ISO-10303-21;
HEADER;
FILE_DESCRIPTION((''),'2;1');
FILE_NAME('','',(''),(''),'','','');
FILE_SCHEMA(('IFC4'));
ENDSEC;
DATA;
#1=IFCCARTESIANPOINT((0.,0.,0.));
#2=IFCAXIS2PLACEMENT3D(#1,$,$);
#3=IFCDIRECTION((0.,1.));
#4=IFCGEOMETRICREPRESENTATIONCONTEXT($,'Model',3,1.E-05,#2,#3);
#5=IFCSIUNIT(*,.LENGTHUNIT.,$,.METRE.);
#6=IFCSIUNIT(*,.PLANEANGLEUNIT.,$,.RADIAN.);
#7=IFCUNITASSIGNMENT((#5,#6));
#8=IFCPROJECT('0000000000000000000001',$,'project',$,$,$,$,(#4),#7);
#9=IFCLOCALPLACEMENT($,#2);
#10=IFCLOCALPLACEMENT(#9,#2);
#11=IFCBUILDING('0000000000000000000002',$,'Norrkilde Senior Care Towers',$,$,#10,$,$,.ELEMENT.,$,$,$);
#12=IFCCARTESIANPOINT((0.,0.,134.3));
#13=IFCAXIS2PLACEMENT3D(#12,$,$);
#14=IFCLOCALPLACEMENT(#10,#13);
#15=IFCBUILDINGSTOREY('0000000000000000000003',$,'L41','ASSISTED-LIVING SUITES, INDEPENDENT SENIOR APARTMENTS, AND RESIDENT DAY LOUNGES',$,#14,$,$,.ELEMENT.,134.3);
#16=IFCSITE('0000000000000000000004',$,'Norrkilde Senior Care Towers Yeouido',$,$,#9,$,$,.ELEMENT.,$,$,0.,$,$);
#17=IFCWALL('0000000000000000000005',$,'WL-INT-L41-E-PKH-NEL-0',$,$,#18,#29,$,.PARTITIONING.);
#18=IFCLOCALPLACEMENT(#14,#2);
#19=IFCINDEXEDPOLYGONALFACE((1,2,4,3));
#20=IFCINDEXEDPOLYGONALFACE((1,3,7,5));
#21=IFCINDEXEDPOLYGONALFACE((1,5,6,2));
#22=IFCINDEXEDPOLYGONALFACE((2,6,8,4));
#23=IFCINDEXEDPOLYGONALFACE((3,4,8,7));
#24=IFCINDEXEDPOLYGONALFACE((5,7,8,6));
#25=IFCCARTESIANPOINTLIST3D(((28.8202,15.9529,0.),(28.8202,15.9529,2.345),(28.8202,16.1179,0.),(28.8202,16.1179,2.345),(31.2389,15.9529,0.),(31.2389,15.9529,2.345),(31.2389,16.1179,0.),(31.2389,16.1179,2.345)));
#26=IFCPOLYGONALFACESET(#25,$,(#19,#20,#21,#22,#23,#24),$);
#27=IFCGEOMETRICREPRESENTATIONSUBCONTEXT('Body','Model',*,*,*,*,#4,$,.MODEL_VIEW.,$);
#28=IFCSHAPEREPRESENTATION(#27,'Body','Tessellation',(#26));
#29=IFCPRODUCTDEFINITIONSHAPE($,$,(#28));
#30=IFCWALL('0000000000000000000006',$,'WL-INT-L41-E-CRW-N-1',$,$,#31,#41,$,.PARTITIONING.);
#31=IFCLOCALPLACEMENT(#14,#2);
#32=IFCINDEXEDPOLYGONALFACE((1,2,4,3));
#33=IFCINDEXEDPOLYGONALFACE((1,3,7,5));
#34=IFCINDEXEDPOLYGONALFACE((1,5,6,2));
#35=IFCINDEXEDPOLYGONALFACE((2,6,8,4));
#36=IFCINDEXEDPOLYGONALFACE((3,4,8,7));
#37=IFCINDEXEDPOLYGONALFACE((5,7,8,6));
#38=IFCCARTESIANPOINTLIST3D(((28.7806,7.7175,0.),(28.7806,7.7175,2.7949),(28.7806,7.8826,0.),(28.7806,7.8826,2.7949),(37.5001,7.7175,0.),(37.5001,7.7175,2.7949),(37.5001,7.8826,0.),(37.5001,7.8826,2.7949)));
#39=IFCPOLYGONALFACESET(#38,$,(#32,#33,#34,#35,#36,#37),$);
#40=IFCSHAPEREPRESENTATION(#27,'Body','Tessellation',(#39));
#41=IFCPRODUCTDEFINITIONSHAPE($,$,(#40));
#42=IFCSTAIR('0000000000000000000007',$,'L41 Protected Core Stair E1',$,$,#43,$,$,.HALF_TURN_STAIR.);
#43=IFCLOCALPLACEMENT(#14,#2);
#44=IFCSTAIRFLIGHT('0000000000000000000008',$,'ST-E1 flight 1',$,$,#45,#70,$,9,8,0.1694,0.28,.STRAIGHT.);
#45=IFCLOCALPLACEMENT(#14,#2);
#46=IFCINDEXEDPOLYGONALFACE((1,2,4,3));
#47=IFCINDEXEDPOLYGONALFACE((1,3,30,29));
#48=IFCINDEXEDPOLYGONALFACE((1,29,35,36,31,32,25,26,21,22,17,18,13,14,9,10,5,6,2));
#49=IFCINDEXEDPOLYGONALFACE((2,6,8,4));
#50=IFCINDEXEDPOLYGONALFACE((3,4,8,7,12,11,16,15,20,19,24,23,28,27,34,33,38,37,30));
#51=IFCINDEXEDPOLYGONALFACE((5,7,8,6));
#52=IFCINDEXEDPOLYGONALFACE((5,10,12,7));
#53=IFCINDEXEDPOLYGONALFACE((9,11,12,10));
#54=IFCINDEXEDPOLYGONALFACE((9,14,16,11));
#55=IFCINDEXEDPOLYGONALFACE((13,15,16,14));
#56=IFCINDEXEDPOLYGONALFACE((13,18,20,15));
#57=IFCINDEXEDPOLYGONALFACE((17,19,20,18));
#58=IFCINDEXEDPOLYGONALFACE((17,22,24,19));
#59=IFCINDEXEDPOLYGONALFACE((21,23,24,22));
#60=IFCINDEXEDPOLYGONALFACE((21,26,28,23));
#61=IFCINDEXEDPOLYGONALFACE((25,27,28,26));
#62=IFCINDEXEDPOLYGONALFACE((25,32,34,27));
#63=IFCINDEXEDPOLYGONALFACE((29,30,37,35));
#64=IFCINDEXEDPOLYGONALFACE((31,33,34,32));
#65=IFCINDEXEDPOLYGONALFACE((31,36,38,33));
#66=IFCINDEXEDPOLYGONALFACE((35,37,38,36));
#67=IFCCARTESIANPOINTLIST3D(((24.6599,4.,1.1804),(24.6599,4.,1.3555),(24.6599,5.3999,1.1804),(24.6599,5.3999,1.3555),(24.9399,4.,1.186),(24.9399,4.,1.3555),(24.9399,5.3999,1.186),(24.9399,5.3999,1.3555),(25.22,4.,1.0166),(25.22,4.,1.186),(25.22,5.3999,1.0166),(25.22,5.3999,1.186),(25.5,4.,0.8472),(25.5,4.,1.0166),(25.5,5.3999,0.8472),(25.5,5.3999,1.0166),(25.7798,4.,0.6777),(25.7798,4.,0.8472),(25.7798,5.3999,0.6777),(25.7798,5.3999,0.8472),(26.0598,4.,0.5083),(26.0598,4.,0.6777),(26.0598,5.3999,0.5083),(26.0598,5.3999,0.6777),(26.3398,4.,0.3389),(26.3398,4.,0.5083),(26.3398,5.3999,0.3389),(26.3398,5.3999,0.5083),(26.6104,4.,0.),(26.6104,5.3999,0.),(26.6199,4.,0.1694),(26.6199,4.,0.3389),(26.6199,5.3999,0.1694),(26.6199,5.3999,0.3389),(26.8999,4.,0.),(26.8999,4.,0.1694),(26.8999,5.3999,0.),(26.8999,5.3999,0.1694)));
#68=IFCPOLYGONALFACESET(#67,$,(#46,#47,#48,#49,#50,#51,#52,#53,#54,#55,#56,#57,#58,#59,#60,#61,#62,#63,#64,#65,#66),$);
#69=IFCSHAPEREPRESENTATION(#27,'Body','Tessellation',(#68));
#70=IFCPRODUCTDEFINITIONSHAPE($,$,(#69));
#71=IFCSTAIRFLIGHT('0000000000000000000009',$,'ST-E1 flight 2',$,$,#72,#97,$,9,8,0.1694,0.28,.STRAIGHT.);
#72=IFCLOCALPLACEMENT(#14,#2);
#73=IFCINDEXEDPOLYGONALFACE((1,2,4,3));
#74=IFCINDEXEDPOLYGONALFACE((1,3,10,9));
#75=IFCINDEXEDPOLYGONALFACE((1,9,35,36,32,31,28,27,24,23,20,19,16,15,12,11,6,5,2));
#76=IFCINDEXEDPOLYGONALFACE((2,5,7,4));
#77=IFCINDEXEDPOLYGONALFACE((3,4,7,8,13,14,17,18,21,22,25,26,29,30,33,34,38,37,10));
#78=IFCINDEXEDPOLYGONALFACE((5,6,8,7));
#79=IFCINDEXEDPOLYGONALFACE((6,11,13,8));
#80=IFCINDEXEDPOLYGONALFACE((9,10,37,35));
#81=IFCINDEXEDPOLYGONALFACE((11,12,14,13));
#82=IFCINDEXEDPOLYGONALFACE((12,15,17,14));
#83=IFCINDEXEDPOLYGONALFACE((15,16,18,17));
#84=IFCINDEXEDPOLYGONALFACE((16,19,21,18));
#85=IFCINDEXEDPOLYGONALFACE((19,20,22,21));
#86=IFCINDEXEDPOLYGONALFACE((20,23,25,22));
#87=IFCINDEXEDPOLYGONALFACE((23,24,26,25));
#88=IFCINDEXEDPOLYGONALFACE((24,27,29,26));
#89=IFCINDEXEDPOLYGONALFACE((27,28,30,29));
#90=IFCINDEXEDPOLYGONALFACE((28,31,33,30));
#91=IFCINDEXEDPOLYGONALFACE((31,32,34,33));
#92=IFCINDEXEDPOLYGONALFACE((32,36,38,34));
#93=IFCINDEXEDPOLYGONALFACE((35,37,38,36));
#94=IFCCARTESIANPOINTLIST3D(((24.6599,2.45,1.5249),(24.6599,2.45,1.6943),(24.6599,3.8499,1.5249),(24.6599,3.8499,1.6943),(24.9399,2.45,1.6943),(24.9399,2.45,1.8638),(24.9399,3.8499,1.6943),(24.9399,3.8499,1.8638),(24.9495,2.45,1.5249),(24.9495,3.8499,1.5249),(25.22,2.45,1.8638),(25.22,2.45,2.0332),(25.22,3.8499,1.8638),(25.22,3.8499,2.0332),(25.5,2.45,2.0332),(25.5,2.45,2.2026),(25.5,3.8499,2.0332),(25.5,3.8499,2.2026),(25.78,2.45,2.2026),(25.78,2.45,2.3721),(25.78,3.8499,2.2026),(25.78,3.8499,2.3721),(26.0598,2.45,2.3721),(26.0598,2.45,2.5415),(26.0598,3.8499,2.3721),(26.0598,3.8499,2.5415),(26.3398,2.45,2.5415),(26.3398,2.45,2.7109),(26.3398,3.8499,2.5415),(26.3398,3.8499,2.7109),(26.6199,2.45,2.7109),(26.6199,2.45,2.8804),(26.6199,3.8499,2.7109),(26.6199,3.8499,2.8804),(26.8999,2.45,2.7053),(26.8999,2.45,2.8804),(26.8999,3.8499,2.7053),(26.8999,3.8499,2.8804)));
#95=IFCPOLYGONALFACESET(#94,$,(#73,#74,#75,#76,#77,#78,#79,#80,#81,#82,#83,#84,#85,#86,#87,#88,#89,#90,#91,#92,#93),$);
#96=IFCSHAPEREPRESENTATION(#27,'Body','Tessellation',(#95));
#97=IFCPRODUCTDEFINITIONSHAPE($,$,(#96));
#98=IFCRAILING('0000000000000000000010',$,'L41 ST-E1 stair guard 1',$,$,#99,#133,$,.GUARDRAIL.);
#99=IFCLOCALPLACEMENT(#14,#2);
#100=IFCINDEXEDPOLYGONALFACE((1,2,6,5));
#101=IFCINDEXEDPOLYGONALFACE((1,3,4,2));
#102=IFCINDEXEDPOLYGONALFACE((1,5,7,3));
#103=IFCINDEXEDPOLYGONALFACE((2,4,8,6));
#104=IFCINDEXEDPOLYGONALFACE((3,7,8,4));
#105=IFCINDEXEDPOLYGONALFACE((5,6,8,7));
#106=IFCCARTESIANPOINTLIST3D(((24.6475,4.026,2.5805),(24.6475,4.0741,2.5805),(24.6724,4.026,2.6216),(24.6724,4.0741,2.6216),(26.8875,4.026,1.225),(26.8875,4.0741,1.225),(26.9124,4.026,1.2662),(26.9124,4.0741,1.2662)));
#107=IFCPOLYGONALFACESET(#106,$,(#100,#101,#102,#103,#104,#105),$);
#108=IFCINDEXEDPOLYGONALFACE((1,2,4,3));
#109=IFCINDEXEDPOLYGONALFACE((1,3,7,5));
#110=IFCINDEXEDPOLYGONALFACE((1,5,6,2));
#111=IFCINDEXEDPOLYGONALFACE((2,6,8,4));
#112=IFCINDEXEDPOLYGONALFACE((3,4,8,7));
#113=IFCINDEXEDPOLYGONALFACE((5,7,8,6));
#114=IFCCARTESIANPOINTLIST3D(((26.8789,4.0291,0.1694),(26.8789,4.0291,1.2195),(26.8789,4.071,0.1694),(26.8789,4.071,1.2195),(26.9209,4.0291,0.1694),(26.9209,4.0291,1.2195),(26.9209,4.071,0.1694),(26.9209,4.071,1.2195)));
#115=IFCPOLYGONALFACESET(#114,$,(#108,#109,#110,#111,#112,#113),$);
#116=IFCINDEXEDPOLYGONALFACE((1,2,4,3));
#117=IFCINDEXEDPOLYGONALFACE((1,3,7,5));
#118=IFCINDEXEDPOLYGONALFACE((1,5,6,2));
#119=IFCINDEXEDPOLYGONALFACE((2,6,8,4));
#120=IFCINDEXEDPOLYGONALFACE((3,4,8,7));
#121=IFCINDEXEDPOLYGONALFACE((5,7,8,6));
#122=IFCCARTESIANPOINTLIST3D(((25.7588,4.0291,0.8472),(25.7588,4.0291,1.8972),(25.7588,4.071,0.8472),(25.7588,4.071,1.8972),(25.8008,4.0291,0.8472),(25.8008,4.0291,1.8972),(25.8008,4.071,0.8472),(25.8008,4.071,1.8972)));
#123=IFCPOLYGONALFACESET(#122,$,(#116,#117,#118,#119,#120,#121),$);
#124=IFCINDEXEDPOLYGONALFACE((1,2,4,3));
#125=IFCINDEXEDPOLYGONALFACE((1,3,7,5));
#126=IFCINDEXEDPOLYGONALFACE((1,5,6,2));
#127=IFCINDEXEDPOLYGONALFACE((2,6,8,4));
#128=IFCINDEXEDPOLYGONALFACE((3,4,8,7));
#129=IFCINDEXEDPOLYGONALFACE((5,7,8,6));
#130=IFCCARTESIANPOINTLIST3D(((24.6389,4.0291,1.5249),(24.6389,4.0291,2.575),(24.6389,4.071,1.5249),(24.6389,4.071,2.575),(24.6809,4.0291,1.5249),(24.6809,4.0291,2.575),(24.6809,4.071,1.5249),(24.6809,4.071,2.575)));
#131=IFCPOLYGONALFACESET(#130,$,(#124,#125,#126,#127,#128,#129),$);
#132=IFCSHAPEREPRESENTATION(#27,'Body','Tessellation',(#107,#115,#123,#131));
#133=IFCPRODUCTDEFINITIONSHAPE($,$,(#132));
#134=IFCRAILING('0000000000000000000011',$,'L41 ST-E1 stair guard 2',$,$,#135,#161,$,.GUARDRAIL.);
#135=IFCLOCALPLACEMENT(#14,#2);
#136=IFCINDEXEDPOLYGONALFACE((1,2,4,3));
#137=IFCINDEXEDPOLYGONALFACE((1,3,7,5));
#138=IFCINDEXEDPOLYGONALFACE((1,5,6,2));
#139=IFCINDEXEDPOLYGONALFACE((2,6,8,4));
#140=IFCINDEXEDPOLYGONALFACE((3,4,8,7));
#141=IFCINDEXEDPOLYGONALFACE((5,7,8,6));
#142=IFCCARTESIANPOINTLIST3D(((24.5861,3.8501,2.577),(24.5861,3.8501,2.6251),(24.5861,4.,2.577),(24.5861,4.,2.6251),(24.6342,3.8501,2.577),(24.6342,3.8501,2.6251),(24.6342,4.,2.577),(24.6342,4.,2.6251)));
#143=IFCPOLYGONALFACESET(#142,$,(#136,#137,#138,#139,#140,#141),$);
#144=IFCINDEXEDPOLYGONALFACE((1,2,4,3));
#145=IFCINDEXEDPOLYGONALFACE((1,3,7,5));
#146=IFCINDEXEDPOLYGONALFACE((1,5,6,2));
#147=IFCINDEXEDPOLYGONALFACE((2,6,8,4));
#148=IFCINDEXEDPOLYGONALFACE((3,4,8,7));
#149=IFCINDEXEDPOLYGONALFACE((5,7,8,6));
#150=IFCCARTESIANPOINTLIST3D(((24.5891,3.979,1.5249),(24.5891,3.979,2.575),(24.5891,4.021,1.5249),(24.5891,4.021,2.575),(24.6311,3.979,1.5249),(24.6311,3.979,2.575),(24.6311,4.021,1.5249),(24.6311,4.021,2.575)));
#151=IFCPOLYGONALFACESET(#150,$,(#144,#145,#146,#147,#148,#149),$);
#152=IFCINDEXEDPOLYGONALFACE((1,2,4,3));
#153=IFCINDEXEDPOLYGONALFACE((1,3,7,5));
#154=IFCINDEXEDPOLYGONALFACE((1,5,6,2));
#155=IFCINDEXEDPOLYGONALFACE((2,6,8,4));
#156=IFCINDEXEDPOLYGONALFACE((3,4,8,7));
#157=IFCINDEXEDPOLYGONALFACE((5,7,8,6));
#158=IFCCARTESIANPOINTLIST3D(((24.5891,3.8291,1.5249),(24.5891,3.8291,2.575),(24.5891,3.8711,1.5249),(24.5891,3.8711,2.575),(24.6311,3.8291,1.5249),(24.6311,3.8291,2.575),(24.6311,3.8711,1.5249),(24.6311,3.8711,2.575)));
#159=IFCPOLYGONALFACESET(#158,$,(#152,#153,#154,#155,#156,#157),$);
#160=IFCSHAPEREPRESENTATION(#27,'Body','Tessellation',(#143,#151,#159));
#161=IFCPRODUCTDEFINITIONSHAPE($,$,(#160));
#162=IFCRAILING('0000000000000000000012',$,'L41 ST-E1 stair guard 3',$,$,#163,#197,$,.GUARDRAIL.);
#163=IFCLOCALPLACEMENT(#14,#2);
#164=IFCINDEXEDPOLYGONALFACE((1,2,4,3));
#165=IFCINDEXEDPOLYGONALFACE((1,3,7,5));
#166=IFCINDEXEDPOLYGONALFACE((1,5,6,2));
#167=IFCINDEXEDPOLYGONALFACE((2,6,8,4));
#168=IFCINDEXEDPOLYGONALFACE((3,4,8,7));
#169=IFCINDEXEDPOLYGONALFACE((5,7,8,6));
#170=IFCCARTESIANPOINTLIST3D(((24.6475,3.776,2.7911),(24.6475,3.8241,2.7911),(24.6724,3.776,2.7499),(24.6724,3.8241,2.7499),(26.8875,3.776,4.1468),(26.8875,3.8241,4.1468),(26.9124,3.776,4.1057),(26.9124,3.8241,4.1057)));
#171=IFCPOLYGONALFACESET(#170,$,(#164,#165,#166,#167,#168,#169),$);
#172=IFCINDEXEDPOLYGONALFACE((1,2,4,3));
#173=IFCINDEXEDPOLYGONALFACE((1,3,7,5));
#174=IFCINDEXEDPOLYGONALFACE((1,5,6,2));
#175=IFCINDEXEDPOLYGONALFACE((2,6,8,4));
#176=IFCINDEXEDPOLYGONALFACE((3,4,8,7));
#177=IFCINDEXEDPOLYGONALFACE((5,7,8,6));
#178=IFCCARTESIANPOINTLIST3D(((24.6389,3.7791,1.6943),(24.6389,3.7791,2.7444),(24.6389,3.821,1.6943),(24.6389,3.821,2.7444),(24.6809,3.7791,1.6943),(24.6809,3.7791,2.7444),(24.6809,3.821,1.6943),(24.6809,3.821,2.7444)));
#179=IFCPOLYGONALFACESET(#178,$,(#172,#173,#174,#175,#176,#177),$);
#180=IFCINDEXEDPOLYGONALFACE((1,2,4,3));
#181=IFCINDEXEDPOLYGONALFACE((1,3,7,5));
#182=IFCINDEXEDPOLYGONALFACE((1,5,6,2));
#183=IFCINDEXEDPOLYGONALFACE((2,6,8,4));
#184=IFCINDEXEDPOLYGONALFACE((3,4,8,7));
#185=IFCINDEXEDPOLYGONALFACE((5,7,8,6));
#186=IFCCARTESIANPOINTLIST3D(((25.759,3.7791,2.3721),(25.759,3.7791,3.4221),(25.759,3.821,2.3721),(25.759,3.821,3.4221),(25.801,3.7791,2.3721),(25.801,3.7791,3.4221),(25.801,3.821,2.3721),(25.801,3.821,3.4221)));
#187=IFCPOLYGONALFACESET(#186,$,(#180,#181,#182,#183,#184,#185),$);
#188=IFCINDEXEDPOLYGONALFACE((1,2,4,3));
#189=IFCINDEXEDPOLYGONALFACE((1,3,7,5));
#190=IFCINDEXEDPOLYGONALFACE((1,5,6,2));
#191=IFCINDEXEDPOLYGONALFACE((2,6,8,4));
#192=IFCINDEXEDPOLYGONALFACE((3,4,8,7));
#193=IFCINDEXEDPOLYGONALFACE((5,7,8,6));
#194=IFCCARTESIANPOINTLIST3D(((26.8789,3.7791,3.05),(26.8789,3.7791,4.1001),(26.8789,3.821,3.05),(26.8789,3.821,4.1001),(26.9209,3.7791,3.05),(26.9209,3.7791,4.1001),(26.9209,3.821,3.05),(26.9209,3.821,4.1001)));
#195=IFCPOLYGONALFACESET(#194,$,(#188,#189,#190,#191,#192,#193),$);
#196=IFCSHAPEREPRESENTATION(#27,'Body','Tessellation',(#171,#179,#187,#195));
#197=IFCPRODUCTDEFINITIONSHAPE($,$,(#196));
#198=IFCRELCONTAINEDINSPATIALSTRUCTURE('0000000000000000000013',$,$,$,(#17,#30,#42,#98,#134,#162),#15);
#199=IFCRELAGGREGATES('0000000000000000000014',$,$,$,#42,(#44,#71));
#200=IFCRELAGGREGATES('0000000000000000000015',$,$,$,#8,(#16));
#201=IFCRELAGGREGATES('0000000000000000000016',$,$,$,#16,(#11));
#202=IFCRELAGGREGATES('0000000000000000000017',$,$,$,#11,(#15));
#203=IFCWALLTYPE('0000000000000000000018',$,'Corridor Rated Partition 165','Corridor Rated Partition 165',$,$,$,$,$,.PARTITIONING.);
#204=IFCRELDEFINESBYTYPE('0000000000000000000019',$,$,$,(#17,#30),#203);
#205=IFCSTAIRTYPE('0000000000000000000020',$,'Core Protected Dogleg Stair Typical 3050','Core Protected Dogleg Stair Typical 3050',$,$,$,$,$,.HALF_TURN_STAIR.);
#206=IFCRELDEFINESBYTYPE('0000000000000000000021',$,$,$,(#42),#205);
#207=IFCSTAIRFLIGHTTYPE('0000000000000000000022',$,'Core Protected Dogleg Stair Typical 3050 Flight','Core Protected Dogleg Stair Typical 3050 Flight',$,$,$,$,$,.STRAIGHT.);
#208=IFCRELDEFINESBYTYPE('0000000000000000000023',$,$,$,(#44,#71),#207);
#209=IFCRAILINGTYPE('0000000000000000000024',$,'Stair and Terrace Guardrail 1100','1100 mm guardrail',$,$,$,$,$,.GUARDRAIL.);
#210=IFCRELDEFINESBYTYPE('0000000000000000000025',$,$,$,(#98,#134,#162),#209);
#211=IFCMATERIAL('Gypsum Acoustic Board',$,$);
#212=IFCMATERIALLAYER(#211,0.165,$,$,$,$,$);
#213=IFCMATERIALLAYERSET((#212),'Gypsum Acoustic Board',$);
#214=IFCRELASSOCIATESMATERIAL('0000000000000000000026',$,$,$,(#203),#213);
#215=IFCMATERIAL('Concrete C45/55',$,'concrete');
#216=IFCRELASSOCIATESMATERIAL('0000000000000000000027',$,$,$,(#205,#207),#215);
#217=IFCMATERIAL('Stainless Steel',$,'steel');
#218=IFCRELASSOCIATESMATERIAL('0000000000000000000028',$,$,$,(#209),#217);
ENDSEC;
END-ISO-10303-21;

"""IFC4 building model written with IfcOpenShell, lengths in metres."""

from ifc_helpers import new_model, si_unit, direction, frame, frame_2d, origin, origin_2d, place, context, subcontext, project, spatial, polyline, rectangle, outline, extrude, source, transform, mapped, material, layer, layer_set, type_object, element, aggregate, save


model = new_model("IFC4")

# Units and contexts
model_context = context("Model", 3, precision=1e-05, world=origin(), true_north=direction((0.0, 1.0)))
body_context = subcontext(model_context, "Body", "Model", "MODEL_VIEW")
ifc_project = project(units=[si_unit("LENGTHUNIT", "METRE"), si_unit("PLANEANGLEUNIT", "RADIAN")], contexts=[model_context])

# Site, building, storey
site_placement = place(None, origin())
site = spatial("IfcSite", under=ifc_project, at=site_placement, Name="Norrkilde Senior Care Towers Yeouido", CompositionType="ELEMENT", RefElevation=0.0)
building_placement = place(site_placement, origin())
building = spatial("IfcBuilding", under=site, at=building_placement, Name="Norrkilde Senior Care Towers", CompositionType="ELEMENT")
storey_placement = place(building_placement, frame((0.0, 0.0, 134.3)))
storey = spatial("IfcBuildingStorey", under=building, at=storey_placement, Name="L41", Description="ASSISTED-LIVING SUITES, INDEPENDENT SENIOR APARTMENTS, AND RESIDENT DAY LOUNGES", CompositionType="ELEMENT", Elevation=134.3)

# Shared definitions
ifc_material_1 = material(Name="Concrete C45/55", Category="concrete")

# Shared definitions
ifc_material_2 = material(Name="Stainless Steel", Category="steel")

# Shared definitions
ifc_material_3 = material(Name="Gypsum Acoustic Board")
ifc_layer_1 = layer(ifc_material_3, 0.165)
ifc_layer_set_1 = layer_set([ifc_layer_1], Name="Gypsum Acoustic Board")
wall_type_1 = type_object("IfcWallType", Name="Corridor Rated Partition 165", Description="Corridor Rated Partition 165", PredefinedType="PARTITIONING", material=ifc_layer_set_1)

# Walls
shared_shape_1 = source(origin(), body_context, "Body", "SweptSolid", [
    extrude(rectangle(XDim=2.4187, YDim=0.165, at=frame_2d((1.2095, 0.0))), origin(), (0.0, 0.0, 1.0), 2.345),
])
wall_1_placement = place(storey_placement, frame((28.8201, 16.0354, 0.0), z_axis=(0.0, 0.0, 1.0), x_axis=(1.0, 0.0, 0.0)))
element("IfcWall", 1, at=wall_1_placement, inside=storey, type_object=wall_type_1, Name="WL-INT-L41-E-PKH-NEL-0", PredefinedType="PARTITIONING", context=body_context, shape_type="MappedRepresentation", body=[
    mapped(shared_shape_1, transform((0.0, 0.0, 0.0), x_axis=(1.0, 0.0, 0.0), y_axis=(0.0, 1.0, 0.0), z_axis=(0.0, 0.0, 1.0), scale=1.0)),
])
shared_shape_2 = source(origin(), body_context, "Body", "SweptSolid", [
    extrude(rectangle(XDim=8.7195, YDim=0.165, at=frame_2d((4.3599, 0.0))), origin(), (0.0, 0.0, 1.0), 2.7949),
])
wall_2_placement = place(storey_placement, frame((28.7805, 7.8, 0.0), z_axis=(0.0, 0.0, 1.0), x_axis=(1.0, 0.0, 0.0)))
element("IfcWall", 2, at=wall_2_placement, inside=storey, type_object=wall_type_1, Name="WL-INT-L41-E-CRW-N-1", PredefinedType="PARTITIONING", context=body_context, shape_type="MappedRepresentation", body=[
    mapped(shared_shape_2, transform((0.0, 0.0, 0.0), x_axis=(1.0, 0.0, 0.0), y_axis=(0.0, 1.0, 0.0), z_axis=(0.0, 0.0, 1.0), scale=1.0)),
])

# Stair, stair flights
stair_type = type_object("IfcStairType", Name="Core Protected Dogleg Stair Typical 3050", Description="Core Protected Dogleg Stair Typical 3050", PredefinedType="HALF_TURN_STAIR", material=ifc_material_1)
stair_placement = place(storey_placement, origin())
stair = element("IfcStair", 3, at=stair_placement, inside=storey, type_object=stair_type, Name="L41 Protected Core Stair E1", PredefinedType="HALF_TURN_STAIR")
stair_flight_type = type_object("IfcStairFlightType", Name="Core Protected Dogleg Stair Typical 3050 Flight", Description="Core Protected Dogleg Stair Typical 3050 Flight", PredefinedType="STRAIGHT", material=ifc_material_1)
stair_flight_1_placement = place(storey_placement, frame((26.8999, 4.7, 0.0), z_axis=(0.0, 0.0, 1.0), x_axis=(-1.0, 0.0, 0.0)))
stair_flight_1 = element("IfcStairFlight", 4, at=stair_flight_1_placement, type_object=stair_flight_type, Name="ST-E1 flight 1", NumberOfRisers=9, NumberOfTreads=8, PredefinedType="STRAIGHT", RiserHeight=0.1694, TreadLength=0.28, context=body_context, shape_type="SweptSolid", body=[
    extrude(outline(polyline([(0.0, 0.0), (0.0, 0.1694), (0.28, 0.1694), (0.28, 0.3389), (0.5601, 0.3389), (0.5601, 0.5083), (0.8401, 0.5083), (0.8401, 0.6777), (1.1201, 0.6777), (1.1201, 0.8472), (1.3999, 0.8472), (1.3999, 1.0166), (1.6799, 1.0166), (1.6799, 1.186), (1.96, 1.186), (1.96, 1.3555), (2.24, 1.3555), (2.24, 1.5249), (2.24, 1.1804), (0.2896, 0.0), (0.0, 0.0)])), frame((0.0, 0.7, 0.0), z_axis=(0.0, -1.0, 0.0), x_axis=(1.0, 0.0, 0.0)), (0.0, 0.0, 1.0), 1.3999),
])
stair_flight_2_placement = place(storey_placement, frame((24.6599, 3.1499, 1.5249), z_axis=(0.0, 0.0, 1.0), x_axis=(1.0, 0.0, 0.0)))
stair_flight_2 = element("IfcStairFlight", 5, at=stair_flight_2_placement, type_object=stair_flight_type, Name="ST-E1 flight 2", NumberOfRisers=9, NumberOfTreads=8, PredefinedType="STRAIGHT", RiserHeight=0.1694, TreadLength=0.28, context=body_context, shape_type="SweptSolid", body=[
    extrude(outline(polyline([(0.0, 0.0), (0.0, 0.1694), (0.28, 0.1694), (0.28, 0.3389), (0.5601, 0.3389), (0.5601, 0.5083), (0.8401, 0.5083), (0.8401, 0.6777), (1.1201, 0.6777), (1.1201, 0.8472), (1.3999, 0.8472), (1.3999, 1.0166), (1.6799, 1.0166), (1.6799, 1.186), (1.96, 1.186), (1.96, 1.3555), (2.24, 1.3555), (2.24, 1.5249), (2.24, 1.1804), (0.2896, 0.0), (0.0, 0.0)])), frame((0.0, 0.7, 0.0), z_axis=(0.0, -1.0, 0.0), x_axis=(1.0, 0.0, 0.0)), (0.0, 0.0, 1.0), 1.3999),
])
aggregate(stair, [stair_flight_1, stair_flight_2])

# Railings
railing_type_1 = type_object("IfcRailingType", Name="Stair and Terrace Guardrail 1100", Description="1100 mm guardrail", PredefinedType="GUARDRAIL", material=ifc_material_2)
railing_1_placement = place(storey_placement, frame((26.8999, 4.05, 0.1694)))
element("IfcRailing", 6, at=railing_1_placement, inside=storey, type_object=railing_type_1, Name="L41 ST-E1 stair guard 1", PredefinedType="GUARDRAIL", context=body_context, shape_type="SweptSolid", body=[
    extrude(rectangle(XDim=0.0481, YDim=0.0481, at=origin_2d()), frame((0.0, 0.0, 1.0762), z_axis=(-0.855553, 0.0, 0.517715), x_axis=(0.0, -1.0, 0.0)), (0.0, 0.0, 1.0), 2.6182),
    extrude(rectangle(XDim=0.042, YDim=0.042, at=origin_2d()), origin(), (0.0, 0.0, 1.0), 1.05),
    extrude(rectangle(XDim=0.042, YDim=0.042, at=origin_2d()), frame((-1.1201, 0.0, 0.6777)), (0.0, 0.0, 1.0), 1.05),
    extrude(rectangle(XDim=0.042, YDim=0.042, at=origin_2d()), frame((-2.24, 0.0, 1.3555)), (0.0, 0.0, 1.0), 1.05),
])
railing_2_placement = place(storey_placement, frame((24.6101, 4.0, 1.5249)))
element("IfcRailing", 7, at=railing_2_placement, inside=storey, type_object=railing_type_1, Name="L41 ST-E1 stair guard 2", PredefinedType="GUARDRAIL", context=body_context, shape_type="SweptSolid", body=[
    extrude(rectangle(XDim=0.0481, YDim=0.0481, at=origin_2d()), frame((0.0, 0.0, 1.0762), z_axis=(0.0, -1.0, 0.0), x_axis=(1.0, 0.0, 0.0)), (0.0, 0.0, 1.0), 0.1499),
    extrude(rectangle(XDim=0.042, YDim=0.042, at=origin_2d()), origin(), (0.0, 0.0, 1.0), 1.05),
    extrude(rectangle(XDim=0.042, YDim=0.042, at=origin_2d()), frame((0.0, -0.1499, 0.0)), (0.0, 0.0, 1.0), 1.05),
])
railing_3_placement = place(storey_placement, frame((24.6599, 3.8, 1.6943)))
element("IfcRailing", 8, at=railing_3_placement, inside=storey, type_object=railing_type_1, Name="L41 ST-E1 stair guard 3", PredefinedType="GUARDRAIL", context=body_context, shape_type="SweptSolid", body=[
    extrude(rectangle(XDim=0.0481, YDim=0.0481, at=origin_2d()), frame((0.0, 0.0, 1.0762), z_axis=(0.855512, 0.0, 0.517783), x_axis=(0.0, 1.0, 0.0)), (0.0, 0.0, 1.0), 2.6184),
    extrude(rectangle(XDim=0.042, YDim=0.042, at=origin_2d()), origin(), (0.0, 0.0, 1.0), 1.05),
    extrude(rectangle(XDim=0.042, YDim=0.042, at=origin_2d()), frame((1.1201, 0.0, 0.6777)), (0.0, 0.0, 1.0), 1.05),
    extrude(rectangle(XDim=0.042, YDim=0.042, at=origin_2d()), frame((2.24, 0.0, 1.3557)), (0.0, 0.0, 1.0), 1.05),
])

save(model, "model.ifc")
